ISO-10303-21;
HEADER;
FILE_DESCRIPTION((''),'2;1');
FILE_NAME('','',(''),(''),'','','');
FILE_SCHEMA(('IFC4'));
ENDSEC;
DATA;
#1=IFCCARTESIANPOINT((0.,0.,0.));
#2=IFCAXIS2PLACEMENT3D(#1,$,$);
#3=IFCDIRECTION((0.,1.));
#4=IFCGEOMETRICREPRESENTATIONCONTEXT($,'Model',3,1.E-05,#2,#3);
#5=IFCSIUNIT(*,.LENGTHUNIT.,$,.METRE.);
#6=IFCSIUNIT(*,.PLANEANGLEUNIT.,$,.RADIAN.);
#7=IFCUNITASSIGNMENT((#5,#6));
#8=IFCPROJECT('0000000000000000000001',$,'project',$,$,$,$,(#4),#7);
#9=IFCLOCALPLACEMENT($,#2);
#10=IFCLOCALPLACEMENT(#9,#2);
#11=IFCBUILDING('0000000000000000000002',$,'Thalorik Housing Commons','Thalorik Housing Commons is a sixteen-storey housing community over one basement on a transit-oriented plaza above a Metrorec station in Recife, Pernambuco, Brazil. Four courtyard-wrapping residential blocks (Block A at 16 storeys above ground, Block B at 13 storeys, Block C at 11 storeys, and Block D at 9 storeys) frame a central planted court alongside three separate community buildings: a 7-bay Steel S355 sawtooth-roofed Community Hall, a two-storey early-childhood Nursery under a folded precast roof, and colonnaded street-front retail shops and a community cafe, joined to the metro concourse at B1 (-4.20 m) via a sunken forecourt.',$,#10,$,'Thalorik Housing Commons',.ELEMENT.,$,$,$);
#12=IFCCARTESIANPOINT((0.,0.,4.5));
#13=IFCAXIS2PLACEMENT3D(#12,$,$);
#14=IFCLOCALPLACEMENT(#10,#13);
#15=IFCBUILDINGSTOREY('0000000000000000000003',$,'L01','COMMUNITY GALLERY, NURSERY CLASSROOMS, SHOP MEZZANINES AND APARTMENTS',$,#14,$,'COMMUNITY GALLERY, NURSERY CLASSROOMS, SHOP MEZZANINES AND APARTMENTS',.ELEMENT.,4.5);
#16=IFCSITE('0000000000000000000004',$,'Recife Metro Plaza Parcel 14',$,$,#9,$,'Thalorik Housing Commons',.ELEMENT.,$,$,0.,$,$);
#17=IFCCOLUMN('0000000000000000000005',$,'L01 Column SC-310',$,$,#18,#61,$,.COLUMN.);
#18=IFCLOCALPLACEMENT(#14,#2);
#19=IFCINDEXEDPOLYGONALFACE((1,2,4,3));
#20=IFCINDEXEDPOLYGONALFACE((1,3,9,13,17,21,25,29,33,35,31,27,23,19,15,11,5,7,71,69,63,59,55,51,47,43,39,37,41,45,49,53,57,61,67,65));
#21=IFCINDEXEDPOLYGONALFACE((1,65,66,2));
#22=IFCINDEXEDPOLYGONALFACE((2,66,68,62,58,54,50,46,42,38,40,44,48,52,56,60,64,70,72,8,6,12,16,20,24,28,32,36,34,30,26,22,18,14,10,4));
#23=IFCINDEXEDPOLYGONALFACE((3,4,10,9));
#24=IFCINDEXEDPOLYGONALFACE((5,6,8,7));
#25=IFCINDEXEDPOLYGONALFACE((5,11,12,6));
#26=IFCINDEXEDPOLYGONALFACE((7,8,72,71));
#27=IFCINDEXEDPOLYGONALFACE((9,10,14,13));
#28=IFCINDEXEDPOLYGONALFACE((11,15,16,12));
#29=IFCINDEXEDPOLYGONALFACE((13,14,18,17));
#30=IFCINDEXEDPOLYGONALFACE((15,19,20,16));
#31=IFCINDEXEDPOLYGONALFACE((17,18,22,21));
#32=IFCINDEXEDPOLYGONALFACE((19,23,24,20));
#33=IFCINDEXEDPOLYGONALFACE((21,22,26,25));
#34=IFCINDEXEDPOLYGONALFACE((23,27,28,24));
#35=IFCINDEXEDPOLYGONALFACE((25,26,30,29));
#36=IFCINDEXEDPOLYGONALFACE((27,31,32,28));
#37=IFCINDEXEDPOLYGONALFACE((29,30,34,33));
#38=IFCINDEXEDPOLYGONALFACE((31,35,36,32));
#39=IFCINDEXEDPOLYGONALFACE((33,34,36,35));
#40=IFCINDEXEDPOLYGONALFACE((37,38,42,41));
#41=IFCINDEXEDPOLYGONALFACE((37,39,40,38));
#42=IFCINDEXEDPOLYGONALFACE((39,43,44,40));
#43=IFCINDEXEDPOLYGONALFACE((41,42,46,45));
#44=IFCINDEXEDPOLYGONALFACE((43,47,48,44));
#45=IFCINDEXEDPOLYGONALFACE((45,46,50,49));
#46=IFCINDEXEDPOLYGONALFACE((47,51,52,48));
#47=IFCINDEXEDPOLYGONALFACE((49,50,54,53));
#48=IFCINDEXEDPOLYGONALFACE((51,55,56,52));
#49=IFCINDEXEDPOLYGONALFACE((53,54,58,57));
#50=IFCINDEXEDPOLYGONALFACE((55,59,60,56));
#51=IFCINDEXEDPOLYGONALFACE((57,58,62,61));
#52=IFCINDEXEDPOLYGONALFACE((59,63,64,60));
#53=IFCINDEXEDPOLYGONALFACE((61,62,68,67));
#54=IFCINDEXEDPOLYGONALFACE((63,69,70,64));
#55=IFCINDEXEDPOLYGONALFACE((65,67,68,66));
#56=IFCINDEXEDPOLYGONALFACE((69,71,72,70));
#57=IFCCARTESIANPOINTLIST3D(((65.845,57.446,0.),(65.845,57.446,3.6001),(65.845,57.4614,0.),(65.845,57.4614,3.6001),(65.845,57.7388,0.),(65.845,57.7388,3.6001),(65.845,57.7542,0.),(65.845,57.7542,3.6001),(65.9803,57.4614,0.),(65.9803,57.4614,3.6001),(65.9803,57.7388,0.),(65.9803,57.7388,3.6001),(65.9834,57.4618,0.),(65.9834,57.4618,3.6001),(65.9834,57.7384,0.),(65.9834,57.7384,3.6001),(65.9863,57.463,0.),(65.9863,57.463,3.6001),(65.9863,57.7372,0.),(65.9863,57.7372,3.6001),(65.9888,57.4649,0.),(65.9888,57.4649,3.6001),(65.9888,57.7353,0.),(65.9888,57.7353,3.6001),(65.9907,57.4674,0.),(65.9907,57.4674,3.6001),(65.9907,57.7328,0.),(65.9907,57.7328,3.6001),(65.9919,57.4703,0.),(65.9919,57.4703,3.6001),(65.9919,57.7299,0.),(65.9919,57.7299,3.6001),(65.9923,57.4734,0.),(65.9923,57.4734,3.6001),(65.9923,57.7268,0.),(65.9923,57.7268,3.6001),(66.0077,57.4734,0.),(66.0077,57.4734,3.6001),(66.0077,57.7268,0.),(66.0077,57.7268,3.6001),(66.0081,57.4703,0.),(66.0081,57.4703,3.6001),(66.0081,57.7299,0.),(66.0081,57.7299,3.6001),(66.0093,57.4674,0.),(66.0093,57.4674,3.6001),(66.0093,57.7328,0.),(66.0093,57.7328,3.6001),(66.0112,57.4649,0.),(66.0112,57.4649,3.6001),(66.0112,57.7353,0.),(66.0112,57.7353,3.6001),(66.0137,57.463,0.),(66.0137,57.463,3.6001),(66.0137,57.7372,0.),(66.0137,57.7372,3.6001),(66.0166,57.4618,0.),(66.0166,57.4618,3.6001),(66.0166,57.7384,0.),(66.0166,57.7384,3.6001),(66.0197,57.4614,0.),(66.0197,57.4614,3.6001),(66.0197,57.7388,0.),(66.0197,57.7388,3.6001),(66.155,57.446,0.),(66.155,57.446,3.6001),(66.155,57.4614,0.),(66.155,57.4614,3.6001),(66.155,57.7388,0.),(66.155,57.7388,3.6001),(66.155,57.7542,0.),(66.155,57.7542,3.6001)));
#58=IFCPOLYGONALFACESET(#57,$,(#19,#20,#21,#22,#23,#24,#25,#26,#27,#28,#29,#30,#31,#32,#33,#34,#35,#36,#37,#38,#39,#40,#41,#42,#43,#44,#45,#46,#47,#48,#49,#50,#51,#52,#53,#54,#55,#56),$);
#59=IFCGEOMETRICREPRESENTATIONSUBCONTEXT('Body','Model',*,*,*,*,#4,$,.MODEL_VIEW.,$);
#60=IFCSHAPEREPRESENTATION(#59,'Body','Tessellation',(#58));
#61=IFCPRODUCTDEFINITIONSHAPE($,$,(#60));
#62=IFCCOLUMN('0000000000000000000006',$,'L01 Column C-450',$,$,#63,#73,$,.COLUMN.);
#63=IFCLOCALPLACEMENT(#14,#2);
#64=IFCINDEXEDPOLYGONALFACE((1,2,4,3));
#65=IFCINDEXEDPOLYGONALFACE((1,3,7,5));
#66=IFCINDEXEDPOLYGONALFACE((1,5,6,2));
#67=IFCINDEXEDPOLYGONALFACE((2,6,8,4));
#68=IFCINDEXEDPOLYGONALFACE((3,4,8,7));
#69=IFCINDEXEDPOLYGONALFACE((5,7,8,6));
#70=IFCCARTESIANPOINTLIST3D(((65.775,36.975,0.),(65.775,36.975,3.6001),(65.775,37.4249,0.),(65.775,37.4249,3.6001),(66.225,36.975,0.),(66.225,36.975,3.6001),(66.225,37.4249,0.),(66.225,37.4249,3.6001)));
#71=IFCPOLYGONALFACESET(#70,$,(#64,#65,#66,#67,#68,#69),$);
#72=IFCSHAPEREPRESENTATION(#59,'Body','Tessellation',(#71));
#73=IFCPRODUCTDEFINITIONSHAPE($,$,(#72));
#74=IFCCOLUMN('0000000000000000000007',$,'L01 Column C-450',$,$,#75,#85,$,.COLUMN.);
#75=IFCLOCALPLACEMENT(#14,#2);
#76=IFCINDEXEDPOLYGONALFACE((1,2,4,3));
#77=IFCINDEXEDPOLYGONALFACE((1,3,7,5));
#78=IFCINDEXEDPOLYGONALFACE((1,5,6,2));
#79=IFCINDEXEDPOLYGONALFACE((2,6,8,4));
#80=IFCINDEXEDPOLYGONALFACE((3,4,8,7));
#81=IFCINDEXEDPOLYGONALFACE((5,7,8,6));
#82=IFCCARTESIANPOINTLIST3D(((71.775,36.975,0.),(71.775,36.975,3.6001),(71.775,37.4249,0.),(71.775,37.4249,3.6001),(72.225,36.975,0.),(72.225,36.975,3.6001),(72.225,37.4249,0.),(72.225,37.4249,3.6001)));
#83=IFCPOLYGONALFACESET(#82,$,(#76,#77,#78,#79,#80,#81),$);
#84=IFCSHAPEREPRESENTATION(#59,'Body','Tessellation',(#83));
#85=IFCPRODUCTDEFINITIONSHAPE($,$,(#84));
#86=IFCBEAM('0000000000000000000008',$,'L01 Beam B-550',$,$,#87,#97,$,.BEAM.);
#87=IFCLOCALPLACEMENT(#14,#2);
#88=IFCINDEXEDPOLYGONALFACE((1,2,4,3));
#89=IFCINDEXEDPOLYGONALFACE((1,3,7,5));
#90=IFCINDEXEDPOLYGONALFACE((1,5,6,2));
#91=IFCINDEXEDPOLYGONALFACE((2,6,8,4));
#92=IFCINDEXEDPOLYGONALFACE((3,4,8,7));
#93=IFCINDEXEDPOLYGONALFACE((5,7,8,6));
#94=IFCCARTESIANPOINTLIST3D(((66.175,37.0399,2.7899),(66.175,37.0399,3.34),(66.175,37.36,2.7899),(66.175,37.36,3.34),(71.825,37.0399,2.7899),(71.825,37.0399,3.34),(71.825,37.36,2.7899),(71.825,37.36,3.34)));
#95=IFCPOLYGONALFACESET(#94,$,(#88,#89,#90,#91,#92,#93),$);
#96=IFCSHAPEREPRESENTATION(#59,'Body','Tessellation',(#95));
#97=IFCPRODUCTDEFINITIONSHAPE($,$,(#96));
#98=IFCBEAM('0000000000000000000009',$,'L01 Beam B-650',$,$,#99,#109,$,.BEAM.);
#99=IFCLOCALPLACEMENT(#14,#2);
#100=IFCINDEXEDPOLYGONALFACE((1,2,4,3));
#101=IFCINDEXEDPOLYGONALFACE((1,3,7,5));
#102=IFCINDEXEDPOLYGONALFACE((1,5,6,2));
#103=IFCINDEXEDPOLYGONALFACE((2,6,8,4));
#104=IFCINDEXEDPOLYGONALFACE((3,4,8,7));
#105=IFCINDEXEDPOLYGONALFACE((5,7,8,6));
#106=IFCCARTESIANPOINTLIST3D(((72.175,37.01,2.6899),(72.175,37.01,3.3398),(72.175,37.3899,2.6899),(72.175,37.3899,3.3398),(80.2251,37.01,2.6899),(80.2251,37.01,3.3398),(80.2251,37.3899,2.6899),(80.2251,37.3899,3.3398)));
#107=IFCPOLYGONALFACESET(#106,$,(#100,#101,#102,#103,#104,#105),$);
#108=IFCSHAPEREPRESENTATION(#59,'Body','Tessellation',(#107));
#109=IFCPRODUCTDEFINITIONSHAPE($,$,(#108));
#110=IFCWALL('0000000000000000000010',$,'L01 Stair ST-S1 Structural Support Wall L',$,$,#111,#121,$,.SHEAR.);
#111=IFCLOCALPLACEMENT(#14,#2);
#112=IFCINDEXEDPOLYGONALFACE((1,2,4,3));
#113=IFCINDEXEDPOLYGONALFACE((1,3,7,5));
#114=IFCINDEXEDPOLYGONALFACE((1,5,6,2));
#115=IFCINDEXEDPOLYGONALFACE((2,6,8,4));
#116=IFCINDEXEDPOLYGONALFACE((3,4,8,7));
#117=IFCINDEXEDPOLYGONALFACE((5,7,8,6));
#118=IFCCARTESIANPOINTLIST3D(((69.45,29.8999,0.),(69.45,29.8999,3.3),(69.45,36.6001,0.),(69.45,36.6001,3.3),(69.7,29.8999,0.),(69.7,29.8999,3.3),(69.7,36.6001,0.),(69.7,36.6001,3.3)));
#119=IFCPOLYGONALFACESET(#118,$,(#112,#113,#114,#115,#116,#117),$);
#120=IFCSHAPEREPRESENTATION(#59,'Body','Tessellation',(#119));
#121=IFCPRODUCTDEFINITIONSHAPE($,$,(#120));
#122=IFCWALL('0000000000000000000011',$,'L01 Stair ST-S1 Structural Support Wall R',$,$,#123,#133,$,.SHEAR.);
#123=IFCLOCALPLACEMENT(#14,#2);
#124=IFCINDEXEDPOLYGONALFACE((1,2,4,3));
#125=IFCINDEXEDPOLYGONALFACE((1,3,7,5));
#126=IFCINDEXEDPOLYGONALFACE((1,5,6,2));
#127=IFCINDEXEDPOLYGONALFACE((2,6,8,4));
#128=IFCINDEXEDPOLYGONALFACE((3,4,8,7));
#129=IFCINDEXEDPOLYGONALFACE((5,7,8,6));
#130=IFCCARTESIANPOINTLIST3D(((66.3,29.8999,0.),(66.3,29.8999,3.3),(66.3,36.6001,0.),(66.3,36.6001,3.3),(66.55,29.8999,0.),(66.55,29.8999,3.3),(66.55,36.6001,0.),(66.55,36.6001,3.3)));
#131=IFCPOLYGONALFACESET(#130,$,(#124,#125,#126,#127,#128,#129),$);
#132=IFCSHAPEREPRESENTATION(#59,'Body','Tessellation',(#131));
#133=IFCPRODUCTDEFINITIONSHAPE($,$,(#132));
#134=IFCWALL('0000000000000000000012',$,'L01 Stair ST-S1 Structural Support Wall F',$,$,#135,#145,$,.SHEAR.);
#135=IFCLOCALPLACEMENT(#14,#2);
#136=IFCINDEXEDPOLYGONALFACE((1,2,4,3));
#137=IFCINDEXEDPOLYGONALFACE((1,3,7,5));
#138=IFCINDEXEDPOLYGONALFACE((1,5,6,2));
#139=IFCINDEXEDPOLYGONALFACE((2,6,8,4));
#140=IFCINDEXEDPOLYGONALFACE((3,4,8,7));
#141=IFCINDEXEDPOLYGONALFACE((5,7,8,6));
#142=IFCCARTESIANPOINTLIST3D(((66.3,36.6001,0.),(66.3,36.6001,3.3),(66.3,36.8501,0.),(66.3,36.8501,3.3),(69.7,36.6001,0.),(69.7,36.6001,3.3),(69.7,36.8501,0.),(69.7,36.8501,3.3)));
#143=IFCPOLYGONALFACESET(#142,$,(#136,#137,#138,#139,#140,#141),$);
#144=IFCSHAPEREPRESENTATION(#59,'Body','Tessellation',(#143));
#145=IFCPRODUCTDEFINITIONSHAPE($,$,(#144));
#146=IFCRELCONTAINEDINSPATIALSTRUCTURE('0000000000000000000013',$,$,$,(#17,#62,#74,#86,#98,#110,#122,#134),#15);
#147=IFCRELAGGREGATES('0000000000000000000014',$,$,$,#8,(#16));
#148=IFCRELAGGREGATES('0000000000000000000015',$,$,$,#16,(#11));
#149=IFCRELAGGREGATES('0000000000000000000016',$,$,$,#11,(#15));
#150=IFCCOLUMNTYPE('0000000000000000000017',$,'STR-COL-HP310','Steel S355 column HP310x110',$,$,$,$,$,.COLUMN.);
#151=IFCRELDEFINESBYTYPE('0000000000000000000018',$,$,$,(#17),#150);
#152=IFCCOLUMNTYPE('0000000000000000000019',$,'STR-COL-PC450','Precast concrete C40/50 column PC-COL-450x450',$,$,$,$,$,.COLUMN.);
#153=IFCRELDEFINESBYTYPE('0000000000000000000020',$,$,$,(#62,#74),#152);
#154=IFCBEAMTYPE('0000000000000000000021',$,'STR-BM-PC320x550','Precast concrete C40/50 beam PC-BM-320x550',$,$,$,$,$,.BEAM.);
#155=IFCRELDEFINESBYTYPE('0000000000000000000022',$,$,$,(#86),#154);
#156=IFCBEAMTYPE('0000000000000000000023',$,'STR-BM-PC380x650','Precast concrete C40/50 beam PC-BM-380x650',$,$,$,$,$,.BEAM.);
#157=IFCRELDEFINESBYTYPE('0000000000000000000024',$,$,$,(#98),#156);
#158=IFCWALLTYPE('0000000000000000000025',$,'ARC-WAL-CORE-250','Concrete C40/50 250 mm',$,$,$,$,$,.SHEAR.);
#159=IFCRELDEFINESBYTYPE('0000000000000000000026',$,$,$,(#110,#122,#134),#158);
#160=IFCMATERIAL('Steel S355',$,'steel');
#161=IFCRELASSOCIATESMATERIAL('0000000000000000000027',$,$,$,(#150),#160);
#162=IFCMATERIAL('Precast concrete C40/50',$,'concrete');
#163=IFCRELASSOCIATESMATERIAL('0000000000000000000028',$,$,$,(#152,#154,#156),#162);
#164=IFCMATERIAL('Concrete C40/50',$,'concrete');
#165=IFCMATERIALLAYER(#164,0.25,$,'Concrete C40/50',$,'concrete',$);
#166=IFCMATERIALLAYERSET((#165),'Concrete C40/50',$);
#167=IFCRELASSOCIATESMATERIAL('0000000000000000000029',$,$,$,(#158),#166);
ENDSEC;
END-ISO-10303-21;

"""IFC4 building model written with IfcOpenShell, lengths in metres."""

from ifc_helpers import new_model, si_unit, direction, frame, frame_2d, origin, origin_2d, place, context, subcontext, project, spatial, rectangle, i_section, extrude, material, layer, layer_set, material_profile, profile_set, type_object, element, save


model = new_model("IFC4")

# Units and contexts
model_context = context("Model", 3, precision=1e-05, world=origin(), true_north=direction((0.0, 1.0)))
body_context = subcontext(model_context, "Body", "Model", "MODEL_VIEW")
ifc_project = project(units=[si_unit("LENGTHUNIT", "METRE"), si_unit("PLANEANGLEUNIT", "RADIAN")], contexts=[model_context])

# Site, building, storey
site_placement = place(None, origin())
site = spatial("IfcSite", under=ifc_project, at=site_placement, Name="Recife Metro Plaza Parcel 14", LongName="Thalorik Housing Commons", CompositionType="ELEMENT", RefElevation=0.0)
building_placement = place(site_placement, origin())
building = spatial("IfcBuilding", under=site, at=building_placement, Name="Thalorik Housing Commons", Description="Thalorik Housing Commons is a sixteen-storey housing community over one basement on a transit-oriented plaza above a Metrorec station in Recife, Pernambuco, Brazil. Four courtyard-wrapping residential blocks (Block A at 16 storeys above ground, Block B at 13 storeys, Block C at 11 storeys, and Block D at 9 storeys) frame a central planted court alongside three separate community buildings: a 7-bay Steel S355 sawtooth-roofed Community Hall, a two-storey early-childhood Nursery under a folded precast roof, and colonnaded street-front retail shops and a community cafe, joined to the metro concourse at B1 (-4.20 m) via a sunken forecourt.", LongName="Thalorik Housing Commons", CompositionType="ELEMENT")
storey_placement = place(building_placement, frame((0.0, 0.0, 4.5)))
storey = spatial("IfcBuildingStorey", under=building, at=storey_placement, Name="L01", Description="COMMUNITY GALLERY, NURSERY CLASSROOMS, SHOP MEZZANINES AND APARTMENTS", LongName="COMMUNITY GALLERY, NURSERY CLASSROOMS, SHOP MEZZANINES AND APARTMENTS", CompositionType="ELEMENT", Elevation=4.5)

# Columns
ifc_material_1 = material(Name="Steel S355", Category="steel")
ifc_material_profile_1 = material_profile(ifc_material_1, i_section(OverallWidth=0.3101, OverallDepth=0.3081, WebThickness=0.0154, FlangeThickness=0.0154, FilletRadius=0.012, at=origin_2d()), Name="HP310x110", Category="steel")
ifc_profile_set_1 = profile_set([ifc_material_profile_1], Name="Steel S355")
column_type_1 = type_object("IfcColumnType", Name="STR-COL-HP310", Description="Steel S355 column HP310x110", PredefinedType="COLUMN", material=ifc_profile_set_1)
column_placement = place(storey_placement, frame((66.0, 57.6001, 0.0), z_axis=(0.0, 0.0, 1.0), x_axis=(1.0, 0.0, 0.0)))
element("IfcColumn", 1, at=column_placement, inside=storey, type_object=column_type_1, Name="L01 Column SC-310", PredefinedType="COLUMN", context=body_context, shape_type="SweptSolid", body=[
    extrude(i_section(OverallWidth=0.3101, OverallDepth=0.3081, WebThickness=0.0154, FlangeThickness=0.0154, FilletRadius=0.012, at=origin_2d()), origin(), (0.0, 0.0, 1.0), 3.6001),
])
ifc_material_2 = material(Name="Precast concrete C40/50", Category="concrete")
ifc_material_profile_2 = material_profile(ifc_material_2, rectangle(XDim=0.45, YDim=0.45, at=origin_2d()), Name="PC 450x450", Category="concrete")
ifc_profile_set_2 = profile_set([ifc_material_profile_2], Name="Precast concrete C40/50")
column_type_2 = type_object("IfcColumnType", Name="STR-COL-PC450", Description="Precast concrete C40/50 column PC-COL-450x450", PredefinedType="COLUMN", material=ifc_profile_set_2)
for number, where, z_axis, x_axis, name in (
    (2, (66.0, 37.2, 0.0), (0.0, 0.0, 1.0), (1.0, 0.0, 0.0), "L01 Column C-450"),
    (3, (72.0, 37.2, 0.0), (0.0, 0.0, 1.0), (1.0, 0.0, 0.0), "L01 Column C-450"),
):
    element("IfcColumn", number, at=place(storey_placement, frame(where, z_axis=z_axis, x_axis=x_axis)), inside=storey, type_object=column_type_2, Name=name, PredefinedType="COLUMN", context=body_context, shape_type="SweptSolid", body=[
        extrude(rectangle(XDim=0.45, YDim=0.45, at=origin_2d()), origin(), (0.0, 0.0, 1.0), 3.6001),
    ])

# Beams
ifc_material_profile_3 = material_profile(ifc_material_2, rectangle(XDim=0.3201, YDim=0.55, at=origin_2d()), Name="PC 320x550", Category="concrete")
ifc_profile_set_3 = profile_set([ifc_material_profile_3], Name="Precast concrete C40/50")
beam_type_1 = type_object("IfcBeamType", Name="STR-BM-PC320x550", Description="Precast concrete C40/50 beam PC-BM-320x550", PredefinedType="BEAM", material=ifc_profile_set_3)
beam_1_placement = place(storey_placement, frame((66.175, 37.2, 3.0649), z_axis=(1.0, 0.0, 0.0), x_axis=(0.0, 1.0, 0.0)))
element("IfcBeam", 4, at=beam_1_placement, inside=storey, type_object=beam_type_1, Name="L01 Beam B-550", PredefinedType="BEAM", context=body_context, shape_type="SweptSolid", body=[
    extrude(rectangle(XDim=0.3201, YDim=0.55, at=origin_2d()), origin(), (0.0, 0.0, 1.0), 5.6499),
])
ifc_material_profile_4 = material_profile(ifc_material_2, rectangle(XDim=0.3799, YDim=0.6499, at=origin_2d()), Name="PC 380x650", Category="concrete")
ifc_profile_set_4 = profile_set([ifc_material_profile_4], Name="Precast concrete C40/50")
beam_type_2 = type_object("IfcBeamType", Name="STR-BM-PC380x650", Description="Precast concrete C40/50 beam PC-BM-380x650", PredefinedType="BEAM", material=ifc_profile_set_4)
beam_2_placement = place(storey_placement, frame((72.175, 37.2, 3.0149), z_axis=(1.0, 0.0, 0.0), x_axis=(0.0, 1.0, 0.0)))
element("IfcBeam", 5, at=beam_2_placement, inside=storey, type_object=beam_type_2, Name="L01 Beam B-650", PredefinedType="BEAM", context=body_context, shape_type="SweptSolid", body=[
    extrude(rectangle(XDim=0.3799, YDim=0.6499, at=origin_2d()), origin(), (0.0, 0.0, 1.0), 8.05),
])

# Walls
ifc_material_3 = material(Name="Concrete C40/50", Category="concrete")
ifc_layer_1 = layer(ifc_material_3, 0.25, Name="Concrete C40/50", Category="concrete")
ifc_layer_set_1 = layer_set([ifc_layer_1], Name="Concrete C40/50")
wall_type_1 = type_object("IfcWallType", Name="ARC-WAL-CORE-250", Description="Concrete C40/50 250 mm", PredefinedType="SHEAR", material=ifc_layer_set_1)
for number, where, z_axis, x_axis, name in (
    (6, (69.575, 29.8999, 0.0), (0.0, 0.0, 1.0), (0.0, 1.0, 0.0), "L01 Stair ST-S1 Structural Support Wall L"),
    (7, (66.425, 29.8999, 0.0), (0.0, 0.0, 1.0), (0.0, 1.0, 0.0), "L01 Stair ST-S1 Structural Support Wall R"),
):
    element("IfcWall", number, at=place(storey_placement, frame(where, z_axis=z_axis, x_axis=x_axis)), inside=storey, type_object=wall_type_1, Name=name, PredefinedType="SHEAR", context=body_context, shape_type="SweptSolid", body=[
        extrude(rectangle(XDim=6.7002, YDim=0.25, at=frame_2d((3.3501, 0.0))), origin(), (0.0, 0.0, 1.0), 3.3),
    ])
wall_1_placement = place(storey_placement, frame((69.7, 36.7251, 0.0), z_axis=(0.0, 0.0, 1.0), x_axis=(-1.0, 0.0, 0.0)))
element("IfcWall", 8, at=wall_1_placement, inside=storey, type_object=wall_type_1, Name="L01 Stair ST-S1 Structural Support Wall F", PredefinedType="SHEAR", context=body_context, shape_type="SweptSolid", body=[
    extrude(rectangle(XDim=3.3999, YDim=0.25, at=frame_2d((1.7, 0.0))), origin(), (0.0, 0.0, 1.0), 3.3),
])

save(model, "model.ifc")
